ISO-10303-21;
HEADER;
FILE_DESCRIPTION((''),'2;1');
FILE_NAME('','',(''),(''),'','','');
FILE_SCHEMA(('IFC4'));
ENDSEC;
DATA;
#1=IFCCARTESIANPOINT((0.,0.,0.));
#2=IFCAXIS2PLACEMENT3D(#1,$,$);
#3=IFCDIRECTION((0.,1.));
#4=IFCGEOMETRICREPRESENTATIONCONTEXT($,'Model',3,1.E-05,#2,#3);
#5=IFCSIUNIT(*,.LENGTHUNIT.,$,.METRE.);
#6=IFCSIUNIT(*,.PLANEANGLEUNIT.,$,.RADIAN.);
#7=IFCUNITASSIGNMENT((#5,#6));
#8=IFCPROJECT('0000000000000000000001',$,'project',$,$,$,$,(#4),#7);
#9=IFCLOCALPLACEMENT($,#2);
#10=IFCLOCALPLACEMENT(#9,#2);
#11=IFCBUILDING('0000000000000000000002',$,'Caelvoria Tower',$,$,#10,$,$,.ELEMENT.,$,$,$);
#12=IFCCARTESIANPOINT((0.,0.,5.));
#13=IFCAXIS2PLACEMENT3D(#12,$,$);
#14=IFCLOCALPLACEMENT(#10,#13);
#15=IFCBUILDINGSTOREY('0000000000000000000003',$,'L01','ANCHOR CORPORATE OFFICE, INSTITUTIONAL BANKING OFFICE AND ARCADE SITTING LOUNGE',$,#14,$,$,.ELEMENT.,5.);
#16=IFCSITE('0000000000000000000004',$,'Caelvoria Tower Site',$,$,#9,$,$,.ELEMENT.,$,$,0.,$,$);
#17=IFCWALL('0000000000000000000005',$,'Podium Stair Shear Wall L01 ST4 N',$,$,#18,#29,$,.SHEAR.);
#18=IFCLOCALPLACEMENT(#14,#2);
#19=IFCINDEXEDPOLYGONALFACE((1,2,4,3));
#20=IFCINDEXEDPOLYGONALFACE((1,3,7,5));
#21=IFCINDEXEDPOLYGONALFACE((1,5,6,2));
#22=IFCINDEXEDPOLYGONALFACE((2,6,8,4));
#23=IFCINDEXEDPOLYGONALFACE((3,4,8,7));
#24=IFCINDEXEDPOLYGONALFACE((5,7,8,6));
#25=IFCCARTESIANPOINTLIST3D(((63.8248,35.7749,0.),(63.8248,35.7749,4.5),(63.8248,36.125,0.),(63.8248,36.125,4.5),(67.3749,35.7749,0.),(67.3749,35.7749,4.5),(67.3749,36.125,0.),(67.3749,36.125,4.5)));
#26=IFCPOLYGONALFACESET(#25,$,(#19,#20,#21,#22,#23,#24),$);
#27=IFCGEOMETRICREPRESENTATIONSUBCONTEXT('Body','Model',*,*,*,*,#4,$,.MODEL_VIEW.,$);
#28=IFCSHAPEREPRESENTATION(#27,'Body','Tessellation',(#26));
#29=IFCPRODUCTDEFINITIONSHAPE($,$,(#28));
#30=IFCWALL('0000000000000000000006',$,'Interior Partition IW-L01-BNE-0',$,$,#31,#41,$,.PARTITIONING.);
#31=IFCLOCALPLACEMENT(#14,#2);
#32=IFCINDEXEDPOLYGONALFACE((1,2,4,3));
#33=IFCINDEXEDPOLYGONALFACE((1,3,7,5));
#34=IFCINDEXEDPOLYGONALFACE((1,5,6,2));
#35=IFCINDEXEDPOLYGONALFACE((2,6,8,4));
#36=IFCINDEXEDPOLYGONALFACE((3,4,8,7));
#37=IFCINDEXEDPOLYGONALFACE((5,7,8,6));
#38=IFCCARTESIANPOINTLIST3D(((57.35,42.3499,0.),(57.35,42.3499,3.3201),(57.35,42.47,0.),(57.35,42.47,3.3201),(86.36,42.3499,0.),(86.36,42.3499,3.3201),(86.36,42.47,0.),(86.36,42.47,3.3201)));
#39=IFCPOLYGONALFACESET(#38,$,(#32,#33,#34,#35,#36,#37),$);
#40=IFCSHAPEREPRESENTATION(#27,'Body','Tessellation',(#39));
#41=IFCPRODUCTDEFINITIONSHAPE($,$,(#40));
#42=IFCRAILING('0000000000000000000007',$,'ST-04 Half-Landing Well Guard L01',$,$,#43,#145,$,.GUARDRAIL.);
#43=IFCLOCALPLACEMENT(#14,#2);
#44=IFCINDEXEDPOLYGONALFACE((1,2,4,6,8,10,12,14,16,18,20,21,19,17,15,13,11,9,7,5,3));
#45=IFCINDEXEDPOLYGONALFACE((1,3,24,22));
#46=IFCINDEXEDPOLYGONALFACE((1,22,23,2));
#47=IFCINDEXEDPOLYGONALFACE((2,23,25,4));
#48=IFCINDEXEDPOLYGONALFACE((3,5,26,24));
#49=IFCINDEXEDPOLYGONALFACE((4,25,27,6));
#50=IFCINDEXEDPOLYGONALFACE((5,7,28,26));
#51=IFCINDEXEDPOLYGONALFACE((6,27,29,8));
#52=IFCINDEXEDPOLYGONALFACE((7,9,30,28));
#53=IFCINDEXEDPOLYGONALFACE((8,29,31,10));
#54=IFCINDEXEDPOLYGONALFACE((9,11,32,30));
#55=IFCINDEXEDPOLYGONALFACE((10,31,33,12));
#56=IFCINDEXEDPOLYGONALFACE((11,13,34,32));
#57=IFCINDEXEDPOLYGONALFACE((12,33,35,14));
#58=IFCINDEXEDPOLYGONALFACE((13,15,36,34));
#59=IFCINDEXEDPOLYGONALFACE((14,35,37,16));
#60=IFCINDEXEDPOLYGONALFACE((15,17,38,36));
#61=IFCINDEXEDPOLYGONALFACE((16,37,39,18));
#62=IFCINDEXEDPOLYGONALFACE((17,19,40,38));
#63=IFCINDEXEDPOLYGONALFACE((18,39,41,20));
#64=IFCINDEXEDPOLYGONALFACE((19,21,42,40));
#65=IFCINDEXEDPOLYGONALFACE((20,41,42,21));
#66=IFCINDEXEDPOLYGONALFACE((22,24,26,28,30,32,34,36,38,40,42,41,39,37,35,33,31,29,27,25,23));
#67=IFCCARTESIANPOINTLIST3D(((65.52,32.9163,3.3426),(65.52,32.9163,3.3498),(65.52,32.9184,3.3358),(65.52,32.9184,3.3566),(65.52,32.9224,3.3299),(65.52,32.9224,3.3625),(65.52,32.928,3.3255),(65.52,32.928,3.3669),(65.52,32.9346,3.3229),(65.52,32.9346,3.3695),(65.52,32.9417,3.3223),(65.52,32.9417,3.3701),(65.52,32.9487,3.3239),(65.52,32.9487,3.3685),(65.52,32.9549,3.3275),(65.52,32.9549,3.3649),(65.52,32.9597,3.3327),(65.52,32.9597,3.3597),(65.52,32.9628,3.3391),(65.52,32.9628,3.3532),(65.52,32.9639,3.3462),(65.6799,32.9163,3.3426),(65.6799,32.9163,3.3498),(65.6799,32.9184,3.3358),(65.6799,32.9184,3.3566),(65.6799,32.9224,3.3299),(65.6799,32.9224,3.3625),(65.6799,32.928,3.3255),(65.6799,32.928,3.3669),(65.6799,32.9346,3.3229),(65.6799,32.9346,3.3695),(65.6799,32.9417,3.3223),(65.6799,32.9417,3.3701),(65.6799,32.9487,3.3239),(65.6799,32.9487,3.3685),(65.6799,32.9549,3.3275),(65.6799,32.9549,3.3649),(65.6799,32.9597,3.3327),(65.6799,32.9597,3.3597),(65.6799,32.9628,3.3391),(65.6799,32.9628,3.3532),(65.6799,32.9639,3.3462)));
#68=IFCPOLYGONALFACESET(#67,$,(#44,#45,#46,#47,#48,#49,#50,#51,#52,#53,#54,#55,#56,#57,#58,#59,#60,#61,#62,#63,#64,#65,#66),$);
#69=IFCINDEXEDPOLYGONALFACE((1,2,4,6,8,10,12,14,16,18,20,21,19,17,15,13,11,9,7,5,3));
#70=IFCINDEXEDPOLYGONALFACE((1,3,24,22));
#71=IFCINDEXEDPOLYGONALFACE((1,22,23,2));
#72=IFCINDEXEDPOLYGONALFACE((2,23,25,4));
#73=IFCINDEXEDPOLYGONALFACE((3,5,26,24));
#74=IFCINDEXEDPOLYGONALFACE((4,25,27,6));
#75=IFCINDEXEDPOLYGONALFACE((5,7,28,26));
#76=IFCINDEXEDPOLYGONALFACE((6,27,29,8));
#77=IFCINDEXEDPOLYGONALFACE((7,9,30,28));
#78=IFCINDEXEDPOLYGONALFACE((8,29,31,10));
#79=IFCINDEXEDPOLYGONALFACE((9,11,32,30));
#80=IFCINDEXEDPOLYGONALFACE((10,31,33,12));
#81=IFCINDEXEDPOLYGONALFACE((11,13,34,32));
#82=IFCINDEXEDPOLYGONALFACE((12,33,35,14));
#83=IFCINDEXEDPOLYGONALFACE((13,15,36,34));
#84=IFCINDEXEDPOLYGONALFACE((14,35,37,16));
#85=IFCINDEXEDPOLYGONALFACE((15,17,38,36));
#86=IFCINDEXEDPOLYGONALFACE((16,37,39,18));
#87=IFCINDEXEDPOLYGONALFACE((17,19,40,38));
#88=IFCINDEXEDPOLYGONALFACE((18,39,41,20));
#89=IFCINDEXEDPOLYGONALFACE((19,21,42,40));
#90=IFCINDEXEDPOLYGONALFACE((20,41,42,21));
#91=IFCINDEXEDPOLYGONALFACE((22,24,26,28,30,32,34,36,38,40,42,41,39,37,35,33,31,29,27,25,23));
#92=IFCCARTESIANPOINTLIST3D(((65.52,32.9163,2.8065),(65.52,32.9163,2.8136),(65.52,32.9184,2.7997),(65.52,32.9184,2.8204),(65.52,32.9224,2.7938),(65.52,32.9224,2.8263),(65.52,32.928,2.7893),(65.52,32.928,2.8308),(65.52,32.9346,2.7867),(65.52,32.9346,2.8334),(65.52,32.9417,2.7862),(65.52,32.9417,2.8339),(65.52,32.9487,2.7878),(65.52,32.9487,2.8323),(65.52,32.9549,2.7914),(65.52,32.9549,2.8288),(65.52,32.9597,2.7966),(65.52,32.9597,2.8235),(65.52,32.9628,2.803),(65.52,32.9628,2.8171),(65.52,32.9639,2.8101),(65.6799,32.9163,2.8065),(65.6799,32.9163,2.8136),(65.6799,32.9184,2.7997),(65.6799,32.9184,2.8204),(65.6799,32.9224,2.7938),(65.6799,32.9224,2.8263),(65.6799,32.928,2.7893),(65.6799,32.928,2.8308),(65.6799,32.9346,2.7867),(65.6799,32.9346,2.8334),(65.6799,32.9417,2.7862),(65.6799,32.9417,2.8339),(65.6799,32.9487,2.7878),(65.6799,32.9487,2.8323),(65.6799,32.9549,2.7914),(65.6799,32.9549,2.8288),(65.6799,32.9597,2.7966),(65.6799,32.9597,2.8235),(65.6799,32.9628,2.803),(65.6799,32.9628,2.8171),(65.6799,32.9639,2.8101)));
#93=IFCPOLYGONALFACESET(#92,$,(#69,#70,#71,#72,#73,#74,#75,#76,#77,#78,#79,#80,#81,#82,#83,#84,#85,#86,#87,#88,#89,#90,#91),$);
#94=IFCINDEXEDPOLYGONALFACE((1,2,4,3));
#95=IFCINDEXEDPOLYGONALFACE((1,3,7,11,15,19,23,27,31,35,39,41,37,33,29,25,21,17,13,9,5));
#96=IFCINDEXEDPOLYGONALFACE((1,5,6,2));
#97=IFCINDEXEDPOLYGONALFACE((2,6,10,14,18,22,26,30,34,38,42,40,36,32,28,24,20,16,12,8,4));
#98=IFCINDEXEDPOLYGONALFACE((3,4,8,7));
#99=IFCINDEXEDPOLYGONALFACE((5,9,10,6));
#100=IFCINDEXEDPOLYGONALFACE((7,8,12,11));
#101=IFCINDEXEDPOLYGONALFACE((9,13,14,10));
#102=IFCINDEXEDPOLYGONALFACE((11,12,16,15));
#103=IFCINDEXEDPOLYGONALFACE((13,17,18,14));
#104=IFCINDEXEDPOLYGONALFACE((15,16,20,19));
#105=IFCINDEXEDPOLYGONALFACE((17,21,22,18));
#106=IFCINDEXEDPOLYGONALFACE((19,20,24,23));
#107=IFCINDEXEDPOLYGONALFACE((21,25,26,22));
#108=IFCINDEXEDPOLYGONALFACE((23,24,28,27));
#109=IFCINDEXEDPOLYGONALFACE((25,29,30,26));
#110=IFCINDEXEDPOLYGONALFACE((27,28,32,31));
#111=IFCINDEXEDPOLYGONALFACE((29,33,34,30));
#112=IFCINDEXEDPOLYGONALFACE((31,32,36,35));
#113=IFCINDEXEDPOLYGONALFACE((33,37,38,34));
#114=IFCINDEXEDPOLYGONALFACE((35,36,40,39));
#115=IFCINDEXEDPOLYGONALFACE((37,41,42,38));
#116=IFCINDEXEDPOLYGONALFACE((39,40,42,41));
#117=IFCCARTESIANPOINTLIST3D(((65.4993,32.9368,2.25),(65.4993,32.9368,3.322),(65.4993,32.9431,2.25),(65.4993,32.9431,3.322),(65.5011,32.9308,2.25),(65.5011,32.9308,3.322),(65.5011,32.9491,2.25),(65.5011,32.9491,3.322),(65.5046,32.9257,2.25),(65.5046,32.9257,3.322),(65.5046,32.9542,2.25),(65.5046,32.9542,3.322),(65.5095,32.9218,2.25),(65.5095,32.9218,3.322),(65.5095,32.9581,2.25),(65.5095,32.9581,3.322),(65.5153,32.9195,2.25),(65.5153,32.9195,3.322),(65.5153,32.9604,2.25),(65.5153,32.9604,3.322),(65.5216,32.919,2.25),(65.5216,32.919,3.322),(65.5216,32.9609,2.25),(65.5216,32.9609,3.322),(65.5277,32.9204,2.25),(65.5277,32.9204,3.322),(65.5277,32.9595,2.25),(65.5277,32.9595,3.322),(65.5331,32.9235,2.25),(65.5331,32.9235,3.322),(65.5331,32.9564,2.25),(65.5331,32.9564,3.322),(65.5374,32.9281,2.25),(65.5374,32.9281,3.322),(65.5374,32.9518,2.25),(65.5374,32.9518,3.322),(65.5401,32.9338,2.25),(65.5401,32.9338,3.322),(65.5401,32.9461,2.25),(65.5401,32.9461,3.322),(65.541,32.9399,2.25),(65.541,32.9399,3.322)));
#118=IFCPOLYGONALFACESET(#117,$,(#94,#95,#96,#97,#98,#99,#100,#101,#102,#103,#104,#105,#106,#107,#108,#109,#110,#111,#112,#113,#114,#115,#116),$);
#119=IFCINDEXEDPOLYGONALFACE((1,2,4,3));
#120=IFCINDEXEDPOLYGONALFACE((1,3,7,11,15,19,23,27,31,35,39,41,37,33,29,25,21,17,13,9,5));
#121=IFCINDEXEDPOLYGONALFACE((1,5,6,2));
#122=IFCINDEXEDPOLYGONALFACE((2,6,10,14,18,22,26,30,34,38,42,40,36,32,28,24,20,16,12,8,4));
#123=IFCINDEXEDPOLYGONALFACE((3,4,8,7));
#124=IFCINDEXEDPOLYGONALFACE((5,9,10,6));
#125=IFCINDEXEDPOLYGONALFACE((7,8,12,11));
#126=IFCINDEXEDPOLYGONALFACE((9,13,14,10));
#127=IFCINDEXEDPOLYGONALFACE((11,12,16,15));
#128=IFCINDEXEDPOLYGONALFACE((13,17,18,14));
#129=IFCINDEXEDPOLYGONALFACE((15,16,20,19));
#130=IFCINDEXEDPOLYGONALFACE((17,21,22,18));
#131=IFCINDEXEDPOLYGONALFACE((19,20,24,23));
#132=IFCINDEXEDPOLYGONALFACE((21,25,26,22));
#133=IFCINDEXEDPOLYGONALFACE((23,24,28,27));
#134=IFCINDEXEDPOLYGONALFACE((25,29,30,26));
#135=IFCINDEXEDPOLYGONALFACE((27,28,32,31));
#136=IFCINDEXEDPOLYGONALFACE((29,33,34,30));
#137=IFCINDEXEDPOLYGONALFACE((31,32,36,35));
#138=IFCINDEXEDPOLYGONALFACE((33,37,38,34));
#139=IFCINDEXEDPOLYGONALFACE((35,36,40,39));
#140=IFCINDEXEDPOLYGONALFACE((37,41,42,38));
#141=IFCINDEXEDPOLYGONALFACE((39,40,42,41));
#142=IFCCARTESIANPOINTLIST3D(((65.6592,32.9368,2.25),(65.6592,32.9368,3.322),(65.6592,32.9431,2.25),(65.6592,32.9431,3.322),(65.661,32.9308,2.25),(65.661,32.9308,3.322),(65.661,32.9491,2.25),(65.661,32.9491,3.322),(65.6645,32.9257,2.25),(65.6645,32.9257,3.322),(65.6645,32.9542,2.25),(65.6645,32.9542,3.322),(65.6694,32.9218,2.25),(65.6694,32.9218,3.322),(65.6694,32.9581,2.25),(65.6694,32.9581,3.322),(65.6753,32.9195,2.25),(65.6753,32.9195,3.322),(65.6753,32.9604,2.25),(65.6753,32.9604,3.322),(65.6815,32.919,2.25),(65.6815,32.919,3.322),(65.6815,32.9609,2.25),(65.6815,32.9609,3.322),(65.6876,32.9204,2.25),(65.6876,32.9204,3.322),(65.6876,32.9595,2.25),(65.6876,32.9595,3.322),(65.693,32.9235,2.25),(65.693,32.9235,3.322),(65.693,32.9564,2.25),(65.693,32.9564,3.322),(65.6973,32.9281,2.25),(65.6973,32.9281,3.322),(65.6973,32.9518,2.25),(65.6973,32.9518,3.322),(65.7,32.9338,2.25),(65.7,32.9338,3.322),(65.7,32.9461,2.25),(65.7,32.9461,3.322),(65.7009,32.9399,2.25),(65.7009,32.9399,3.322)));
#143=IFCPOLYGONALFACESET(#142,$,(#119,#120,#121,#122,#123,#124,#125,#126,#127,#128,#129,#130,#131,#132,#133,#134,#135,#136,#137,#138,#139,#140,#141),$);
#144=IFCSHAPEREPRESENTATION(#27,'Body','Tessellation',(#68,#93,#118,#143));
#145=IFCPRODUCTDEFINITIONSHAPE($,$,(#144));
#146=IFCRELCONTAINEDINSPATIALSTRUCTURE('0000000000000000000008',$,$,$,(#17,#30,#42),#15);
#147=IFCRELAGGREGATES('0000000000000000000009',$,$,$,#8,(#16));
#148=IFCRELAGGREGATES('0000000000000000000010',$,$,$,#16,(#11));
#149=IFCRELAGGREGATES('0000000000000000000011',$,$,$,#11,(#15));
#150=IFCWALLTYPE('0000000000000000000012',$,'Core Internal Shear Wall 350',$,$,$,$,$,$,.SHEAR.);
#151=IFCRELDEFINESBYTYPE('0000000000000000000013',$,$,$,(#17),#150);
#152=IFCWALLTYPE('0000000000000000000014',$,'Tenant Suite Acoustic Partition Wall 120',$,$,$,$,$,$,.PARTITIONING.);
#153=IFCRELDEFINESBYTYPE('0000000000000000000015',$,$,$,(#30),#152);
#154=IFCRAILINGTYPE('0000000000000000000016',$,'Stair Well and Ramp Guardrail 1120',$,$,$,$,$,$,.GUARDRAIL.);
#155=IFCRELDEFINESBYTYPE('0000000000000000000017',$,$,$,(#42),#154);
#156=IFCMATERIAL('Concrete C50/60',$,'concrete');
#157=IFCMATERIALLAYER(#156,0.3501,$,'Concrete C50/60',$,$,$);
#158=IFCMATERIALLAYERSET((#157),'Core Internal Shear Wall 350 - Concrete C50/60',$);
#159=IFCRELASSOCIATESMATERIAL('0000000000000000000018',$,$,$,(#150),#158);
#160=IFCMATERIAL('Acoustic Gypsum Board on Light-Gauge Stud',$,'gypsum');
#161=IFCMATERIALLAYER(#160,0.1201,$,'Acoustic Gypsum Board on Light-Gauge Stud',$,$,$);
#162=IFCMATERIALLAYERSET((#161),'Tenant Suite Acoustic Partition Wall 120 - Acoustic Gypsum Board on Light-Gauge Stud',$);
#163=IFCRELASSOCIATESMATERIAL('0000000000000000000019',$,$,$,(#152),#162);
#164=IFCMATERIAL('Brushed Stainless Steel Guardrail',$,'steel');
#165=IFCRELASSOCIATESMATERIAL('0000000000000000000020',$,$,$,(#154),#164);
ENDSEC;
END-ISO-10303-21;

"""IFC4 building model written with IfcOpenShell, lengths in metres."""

from ifc_helpers import new_model, si_unit, direction, frame, frame_2d, origin, origin_2d, place, context, subcontext, project, spatial, rectangle, circle, extrude, material, layer, layer_set, type_object, element, save


model = new_model("IFC4")

# Units and contexts
model_context = context("Model", 3, precision=1e-05, world=origin(), true_north=direction((0.0, 1.0)))
body_context = subcontext(model_context, "Body", "Model", "MODEL_VIEW")
ifc_project = project(units=[si_unit("LENGTHUNIT", "METRE"), si_unit("PLANEANGLEUNIT", "RADIAN")], contexts=[model_context])

# Site, building, storey
site_placement = place(None, origin())
site = spatial("IfcSite", under=ifc_project, at=site_placement, Name="Caelvoria Tower Site", CompositionType="ELEMENT", RefElevation=0.0)
building_placement = place(site_placement, origin())
building = spatial("IfcBuilding", under=site, at=building_placement, Name="Caelvoria Tower", CompositionType="ELEMENT")
storey_placement = place(building_placement, frame((0.0, 0.0, 5.0)))
storey = spatial("IfcBuildingStorey", under=building, at=storey_placement, Name="L01", Description="ANCHOR CORPORATE OFFICE, INSTITUTIONAL BANKING OFFICE AND ARCADE SITTING LOUNGE", CompositionType="ELEMENT", Elevation=5.0)

# Walls
ifc_material_1 = material(Name="Concrete C50/60", Category="concrete")
ifc_layer_1 = layer(ifc_material_1, 0.3501, Name="Concrete C50/60")
ifc_layer_set_1 = layer_set([ifc_layer_1], Name="Core Internal Shear Wall 350 - Concrete C50/60")
wall_type_1 = type_object("IfcWallType", Name="Core Internal Shear Wall 350", PredefinedType="SHEAR", material=ifc_layer_set_1)
wall_1_placement = place(storey_placement, frame((63.825, 35.95, 0.0), z_axis=(0.0, 0.0, 1.0), x_axis=(1.0, 0.0, 0.0)))
element("IfcWall", 1, at=wall_1_placement, inside=storey, type_object=wall_type_1, Name="Podium Stair Shear Wall L01 ST4 N", PredefinedType="SHEAR", context=body_context, shape_type="SweptSolid", body=[
    extrude(rectangle(XDim=3.55, YDim=0.3501, at=frame_2d((1.7749, 0.0))), origin(), (0.0, 0.0, 1.0), 4.5),
])
ifc_material_2 = material(Name="Acoustic Gypsum Board on Light-Gauge Stud", Category="gypsum")
ifc_layer_2 = layer(ifc_material_2, 0.1201, Name="Acoustic Gypsum Board on Light-Gauge Stud")
ifc_layer_set_2 = layer_set([ifc_layer_2], Name="Tenant Suite Acoustic Partition Wall 120 - Acoustic Gypsum Board on Light-Gauge Stud")
wall_type_2 = type_object("IfcWallType", Name="Tenant Suite Acoustic Partition Wall 120", PredefinedType="PARTITIONING", material=ifc_layer_set_2)
wall_2_placement = place(storey_placement, frame((57.3501, 42.4099, 0.0), z_axis=(0.0, 0.0, 1.0), x_axis=(1.0, 0.0, 0.0)))
element("IfcWall", 2, at=wall_2_placement, inside=storey, type_object=wall_type_2, Name="Interior Partition IW-L01-BNE-0", PredefinedType="PARTITIONING", context=body_context, shape_type="SweptSolid", body=[
    extrude(rectangle(XDim=29.01, YDim=0.1201, at=frame_2d((14.5049, 0.0))), origin(), (0.0, 0.0, 1.0), 3.3201),
])

# Railing
ifc_material_3 = material(Name="Brushed Stainless Steel Guardrail", Category="steel")
railing_type_1 = type_object("IfcRailingType", Name="Stair Well and Ramp Guardrail 1120", PredefinedType="GUARDRAIL", material=ifc_material_3)
railing_1_placement = place(storey_placement, frame((65.52, 32.9399, 2.25)))
element("IfcRailing", 3, at=railing_1_placement, inside=storey, type_object=railing_type_1, Name="ST-04 Half-Landing Well Guard L01", PredefinedType="GUARDRAIL", context=body_context, shape_type="SweptSolid", body=[
    extrude(circle(Radius=0.0239, at=origin_2d()), frame((0.0, 0.0, 1.0962), z_axis=(1.0, 0.0, 0.0), x_axis=(0.0, 1.0, 0.0)), (0.0, 0.0, 1.0), 0.1599),
    extrude(circle(Radius=0.0239, at=origin_2d()), frame((0.0, 0.0, 0.5601), z_axis=(1.0, 0.0, 0.0), x_axis=(0.0, 1.0, 0.0)), (0.0, 0.0, 1.0), 0.1599),
    extrude(circle(Radius=0.021, at=origin_2d()), origin(), (0.0, 0.0, 1.0), 1.072),
    extrude(circle(Radius=0.021, at=origin_2d()), frame((0.1599, 0.0, 0.0)), (0.0, 0.0, 1.0), 1.072),
])

save(model, "model.ifc")
